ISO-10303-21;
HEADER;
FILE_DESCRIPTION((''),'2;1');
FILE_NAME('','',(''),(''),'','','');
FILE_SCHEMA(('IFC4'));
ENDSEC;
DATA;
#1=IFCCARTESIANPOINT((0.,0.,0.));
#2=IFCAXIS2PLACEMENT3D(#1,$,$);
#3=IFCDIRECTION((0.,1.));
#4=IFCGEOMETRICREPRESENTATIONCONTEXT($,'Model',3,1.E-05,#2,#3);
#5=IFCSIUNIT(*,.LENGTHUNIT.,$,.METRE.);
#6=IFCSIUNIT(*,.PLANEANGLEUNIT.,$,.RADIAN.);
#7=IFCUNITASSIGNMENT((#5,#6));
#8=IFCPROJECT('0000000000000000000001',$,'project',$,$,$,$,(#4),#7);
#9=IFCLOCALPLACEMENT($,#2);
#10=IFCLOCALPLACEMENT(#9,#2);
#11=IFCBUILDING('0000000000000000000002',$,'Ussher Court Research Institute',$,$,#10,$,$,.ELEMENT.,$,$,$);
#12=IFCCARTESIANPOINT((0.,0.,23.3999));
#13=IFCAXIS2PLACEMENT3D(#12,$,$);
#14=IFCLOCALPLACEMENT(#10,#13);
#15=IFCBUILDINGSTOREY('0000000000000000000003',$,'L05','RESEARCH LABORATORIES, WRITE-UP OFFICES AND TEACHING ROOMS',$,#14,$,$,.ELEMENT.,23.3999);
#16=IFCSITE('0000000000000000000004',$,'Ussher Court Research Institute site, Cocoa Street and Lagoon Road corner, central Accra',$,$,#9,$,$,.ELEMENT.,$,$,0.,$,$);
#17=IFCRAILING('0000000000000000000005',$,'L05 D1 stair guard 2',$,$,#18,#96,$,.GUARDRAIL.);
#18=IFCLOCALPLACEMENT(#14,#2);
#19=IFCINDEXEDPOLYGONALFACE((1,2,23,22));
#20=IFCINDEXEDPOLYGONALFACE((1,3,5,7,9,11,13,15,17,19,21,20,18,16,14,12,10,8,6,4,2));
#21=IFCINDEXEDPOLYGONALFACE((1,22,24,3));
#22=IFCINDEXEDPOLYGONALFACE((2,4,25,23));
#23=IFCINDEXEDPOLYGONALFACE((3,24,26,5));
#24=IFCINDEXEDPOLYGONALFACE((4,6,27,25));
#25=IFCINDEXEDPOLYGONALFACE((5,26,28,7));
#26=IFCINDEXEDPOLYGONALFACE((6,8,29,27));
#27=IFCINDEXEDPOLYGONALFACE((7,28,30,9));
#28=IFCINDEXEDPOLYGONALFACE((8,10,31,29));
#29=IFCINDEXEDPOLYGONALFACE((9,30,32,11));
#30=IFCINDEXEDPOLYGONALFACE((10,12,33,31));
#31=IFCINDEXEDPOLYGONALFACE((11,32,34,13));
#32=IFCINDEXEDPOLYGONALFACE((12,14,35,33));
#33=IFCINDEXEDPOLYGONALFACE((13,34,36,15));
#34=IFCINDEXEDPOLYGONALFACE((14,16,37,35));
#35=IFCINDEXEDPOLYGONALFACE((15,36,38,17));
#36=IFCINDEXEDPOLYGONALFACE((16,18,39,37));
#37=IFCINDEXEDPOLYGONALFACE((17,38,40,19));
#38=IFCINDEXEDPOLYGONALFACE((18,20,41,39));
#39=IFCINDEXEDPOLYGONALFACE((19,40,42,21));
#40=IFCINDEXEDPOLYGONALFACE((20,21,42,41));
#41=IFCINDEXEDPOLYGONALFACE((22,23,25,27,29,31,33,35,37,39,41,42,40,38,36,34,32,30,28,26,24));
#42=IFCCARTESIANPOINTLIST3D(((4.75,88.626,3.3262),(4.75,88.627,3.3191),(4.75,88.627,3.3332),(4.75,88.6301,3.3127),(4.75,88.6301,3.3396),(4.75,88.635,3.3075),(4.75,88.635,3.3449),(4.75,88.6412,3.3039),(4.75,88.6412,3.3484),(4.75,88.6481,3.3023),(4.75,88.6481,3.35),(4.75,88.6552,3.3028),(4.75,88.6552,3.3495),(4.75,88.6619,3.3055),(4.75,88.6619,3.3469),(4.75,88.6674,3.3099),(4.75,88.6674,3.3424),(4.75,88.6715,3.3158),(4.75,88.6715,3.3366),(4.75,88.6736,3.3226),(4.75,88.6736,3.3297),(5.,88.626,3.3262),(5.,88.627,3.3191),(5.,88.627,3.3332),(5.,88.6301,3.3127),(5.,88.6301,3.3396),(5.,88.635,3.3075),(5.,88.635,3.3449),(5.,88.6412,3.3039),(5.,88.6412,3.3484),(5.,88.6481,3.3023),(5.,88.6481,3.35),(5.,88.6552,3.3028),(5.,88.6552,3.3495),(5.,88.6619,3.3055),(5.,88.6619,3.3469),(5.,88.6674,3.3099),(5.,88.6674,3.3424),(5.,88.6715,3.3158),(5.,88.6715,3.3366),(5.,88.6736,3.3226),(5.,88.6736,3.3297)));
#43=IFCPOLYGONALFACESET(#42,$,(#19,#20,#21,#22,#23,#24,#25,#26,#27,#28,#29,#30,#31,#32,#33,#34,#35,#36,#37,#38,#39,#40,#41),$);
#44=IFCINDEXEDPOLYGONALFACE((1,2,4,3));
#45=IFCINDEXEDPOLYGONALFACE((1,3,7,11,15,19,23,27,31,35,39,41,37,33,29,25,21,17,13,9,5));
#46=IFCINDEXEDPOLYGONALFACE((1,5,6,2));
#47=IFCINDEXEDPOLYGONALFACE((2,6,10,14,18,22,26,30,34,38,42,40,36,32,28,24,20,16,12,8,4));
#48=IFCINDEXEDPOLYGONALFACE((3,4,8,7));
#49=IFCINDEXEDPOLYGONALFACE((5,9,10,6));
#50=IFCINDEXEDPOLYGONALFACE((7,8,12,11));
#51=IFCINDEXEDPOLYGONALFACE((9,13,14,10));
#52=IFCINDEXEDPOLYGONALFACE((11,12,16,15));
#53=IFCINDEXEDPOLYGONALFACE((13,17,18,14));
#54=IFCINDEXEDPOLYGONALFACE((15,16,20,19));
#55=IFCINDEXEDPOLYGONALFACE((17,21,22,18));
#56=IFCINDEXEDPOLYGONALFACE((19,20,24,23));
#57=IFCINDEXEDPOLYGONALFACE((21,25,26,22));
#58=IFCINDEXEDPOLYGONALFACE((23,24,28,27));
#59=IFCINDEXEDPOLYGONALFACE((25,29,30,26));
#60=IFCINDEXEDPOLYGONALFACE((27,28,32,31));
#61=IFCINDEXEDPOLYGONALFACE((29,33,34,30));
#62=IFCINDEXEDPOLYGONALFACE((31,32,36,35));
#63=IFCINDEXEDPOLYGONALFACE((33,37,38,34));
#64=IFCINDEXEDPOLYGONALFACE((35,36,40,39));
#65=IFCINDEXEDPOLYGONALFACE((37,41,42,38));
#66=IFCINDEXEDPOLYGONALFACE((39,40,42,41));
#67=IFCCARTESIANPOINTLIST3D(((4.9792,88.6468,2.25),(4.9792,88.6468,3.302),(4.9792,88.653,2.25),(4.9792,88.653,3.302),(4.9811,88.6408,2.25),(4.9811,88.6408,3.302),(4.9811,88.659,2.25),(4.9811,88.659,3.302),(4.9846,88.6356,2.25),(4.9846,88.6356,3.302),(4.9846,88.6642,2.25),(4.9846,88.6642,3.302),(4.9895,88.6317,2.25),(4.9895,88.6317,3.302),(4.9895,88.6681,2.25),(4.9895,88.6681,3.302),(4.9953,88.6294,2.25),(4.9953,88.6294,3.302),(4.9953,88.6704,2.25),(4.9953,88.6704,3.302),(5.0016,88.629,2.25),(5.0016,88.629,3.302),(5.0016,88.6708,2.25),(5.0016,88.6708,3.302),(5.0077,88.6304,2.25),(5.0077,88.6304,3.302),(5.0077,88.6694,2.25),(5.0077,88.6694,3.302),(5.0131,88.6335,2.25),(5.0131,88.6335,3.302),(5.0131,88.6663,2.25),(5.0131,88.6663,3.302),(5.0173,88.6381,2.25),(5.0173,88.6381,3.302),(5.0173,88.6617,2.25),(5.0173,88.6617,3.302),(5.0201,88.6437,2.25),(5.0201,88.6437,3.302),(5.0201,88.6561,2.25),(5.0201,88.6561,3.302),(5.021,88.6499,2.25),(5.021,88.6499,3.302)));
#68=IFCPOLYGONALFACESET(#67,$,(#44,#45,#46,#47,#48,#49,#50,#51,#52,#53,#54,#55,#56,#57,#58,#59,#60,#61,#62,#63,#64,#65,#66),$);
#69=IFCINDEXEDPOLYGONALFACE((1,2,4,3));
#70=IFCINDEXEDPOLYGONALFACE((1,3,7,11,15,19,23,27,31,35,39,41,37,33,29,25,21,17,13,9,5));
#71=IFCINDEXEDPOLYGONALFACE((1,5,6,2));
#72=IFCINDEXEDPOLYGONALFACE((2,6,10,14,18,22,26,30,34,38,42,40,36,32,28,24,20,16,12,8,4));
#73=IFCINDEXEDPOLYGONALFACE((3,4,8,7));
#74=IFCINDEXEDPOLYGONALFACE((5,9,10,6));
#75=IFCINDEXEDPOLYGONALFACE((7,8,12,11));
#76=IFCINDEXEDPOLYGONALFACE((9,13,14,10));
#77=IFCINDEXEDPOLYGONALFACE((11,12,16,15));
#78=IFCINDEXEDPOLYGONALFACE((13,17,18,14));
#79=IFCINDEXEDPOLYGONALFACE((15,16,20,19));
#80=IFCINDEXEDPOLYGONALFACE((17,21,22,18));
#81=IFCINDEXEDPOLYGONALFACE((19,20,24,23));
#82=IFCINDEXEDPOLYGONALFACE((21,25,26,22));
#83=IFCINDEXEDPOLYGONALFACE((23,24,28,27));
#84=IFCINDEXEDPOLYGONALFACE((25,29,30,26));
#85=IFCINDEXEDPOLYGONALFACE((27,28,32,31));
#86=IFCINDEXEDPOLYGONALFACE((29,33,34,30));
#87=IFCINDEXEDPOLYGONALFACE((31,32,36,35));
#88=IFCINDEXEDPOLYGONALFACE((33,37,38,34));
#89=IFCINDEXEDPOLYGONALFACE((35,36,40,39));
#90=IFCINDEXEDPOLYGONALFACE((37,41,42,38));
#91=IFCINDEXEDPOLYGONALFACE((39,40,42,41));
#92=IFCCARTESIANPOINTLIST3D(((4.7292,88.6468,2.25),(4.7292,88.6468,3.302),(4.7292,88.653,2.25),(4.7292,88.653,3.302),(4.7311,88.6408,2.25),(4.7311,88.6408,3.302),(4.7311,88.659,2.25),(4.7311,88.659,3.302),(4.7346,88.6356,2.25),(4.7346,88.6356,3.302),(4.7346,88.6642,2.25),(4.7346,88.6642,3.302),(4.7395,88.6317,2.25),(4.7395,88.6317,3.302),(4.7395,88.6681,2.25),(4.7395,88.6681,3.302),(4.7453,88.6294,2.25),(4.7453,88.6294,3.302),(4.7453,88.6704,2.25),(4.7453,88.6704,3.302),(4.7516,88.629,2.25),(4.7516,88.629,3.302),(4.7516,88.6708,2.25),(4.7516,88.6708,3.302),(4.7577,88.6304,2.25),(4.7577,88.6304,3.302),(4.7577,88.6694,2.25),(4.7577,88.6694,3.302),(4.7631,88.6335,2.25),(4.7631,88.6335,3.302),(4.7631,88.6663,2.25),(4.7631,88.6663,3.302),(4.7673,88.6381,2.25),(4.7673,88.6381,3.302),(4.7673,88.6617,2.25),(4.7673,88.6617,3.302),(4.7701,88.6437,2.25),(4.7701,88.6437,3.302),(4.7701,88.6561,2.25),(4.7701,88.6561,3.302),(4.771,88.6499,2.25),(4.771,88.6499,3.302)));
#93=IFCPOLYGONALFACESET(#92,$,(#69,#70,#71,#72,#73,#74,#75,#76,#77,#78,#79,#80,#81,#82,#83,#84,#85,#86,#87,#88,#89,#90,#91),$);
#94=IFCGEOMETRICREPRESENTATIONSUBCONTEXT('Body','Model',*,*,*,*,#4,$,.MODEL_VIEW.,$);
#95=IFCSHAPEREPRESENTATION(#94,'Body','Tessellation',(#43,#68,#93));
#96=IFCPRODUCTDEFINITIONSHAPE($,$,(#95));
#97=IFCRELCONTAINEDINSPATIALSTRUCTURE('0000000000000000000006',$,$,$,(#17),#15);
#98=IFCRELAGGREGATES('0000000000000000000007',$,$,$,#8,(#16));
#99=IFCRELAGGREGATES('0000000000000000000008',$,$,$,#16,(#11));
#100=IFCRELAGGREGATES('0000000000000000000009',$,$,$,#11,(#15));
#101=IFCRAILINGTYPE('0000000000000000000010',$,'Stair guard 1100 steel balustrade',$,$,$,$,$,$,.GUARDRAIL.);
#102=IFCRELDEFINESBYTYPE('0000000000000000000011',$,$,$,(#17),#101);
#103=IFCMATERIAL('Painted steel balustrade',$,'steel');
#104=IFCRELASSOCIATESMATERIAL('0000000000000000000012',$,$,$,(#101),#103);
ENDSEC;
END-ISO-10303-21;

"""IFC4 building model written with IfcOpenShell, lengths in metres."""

from ifc_helpers import new_model, si_unit, direction, frame, origin, origin_2d, place, context, subcontext, project, spatial, circle, extrude, material, type_object, element, save


model = new_model("IFC4")

# Units and contexts
model_context = context("Model", 3, precision=1e-05, world=origin(), true_north=direction((0.0, 1.0)))
body_context = subcontext(model_context, "Body", "Model", "MODEL_VIEW")
ifc_project = project(units=[si_unit("LENGTHUNIT", "METRE"), si_unit("PLANEANGLEUNIT", "RADIAN")], contexts=[model_context])

# Site, building, storey
site_placement = place(None, origin())
site = spatial("IfcSite", under=ifc_project, at=site_placement, Name="Ussher Court Research Institute site, Cocoa Street and Lagoon Road corner, central Accra", CompositionType="ELEMENT", RefElevation=0.0)
building_placement = place(site_placement, origin())
building = spatial("IfcBuilding", under=site, at=building_placement, Name="Ussher Court Research Institute", CompositionType="ELEMENT")
storey_placement = place(building_placement, frame((0.0, 0.0, 23.3999)))
storey = spatial("IfcBuildingStorey", under=building, at=storey_placement, Name="L05", Description="RESEARCH LABORATORIES, WRITE-UP OFFICES AND TEACHING ROOMS", CompositionType="ELEMENT", Elevation=23.3999)

# Railing
ifc_material_1 = material(Name="Painted steel balustrade", Category="steel")
railing_type_1 = type_object("IfcRailingType", Name="Stair guard 1100 steel balustrade", PredefinedType="GUARDRAIL", material=ifc_material_1)
railing_1_placement = place(storey_placement, frame((5.0, 88.6499, 2.25)))
element("IfcRailing", 1, at=railing_1_placement, inside=storey, type_object=railing_type_1, Name="L05 D1 stair guard 2", PredefinedType="GUARDRAIL", context=body_context, shape_type="SweptSolid", body=[
    extrude(circle(Radius=0.0239, at=origin_2d()), frame((0.0, 0.0, 1.0762), z_axis=(-1.0, 0.0, 0.0), x_axis=(0.0, -1.0, 0.0)), (0.0, 0.0, 1.0), 0.25),
    extrude(circle(Radius=0.021, at=origin_2d()), origin(), (0.0, 0.0, 1.0), 1.052),
    extrude(circle(Radius=0.021, at=origin_2d()), frame((-0.25, 0.0, 0.0)), (0.0, 0.0, 1.0), 1.052),
])

save(model, "model.ifc")
